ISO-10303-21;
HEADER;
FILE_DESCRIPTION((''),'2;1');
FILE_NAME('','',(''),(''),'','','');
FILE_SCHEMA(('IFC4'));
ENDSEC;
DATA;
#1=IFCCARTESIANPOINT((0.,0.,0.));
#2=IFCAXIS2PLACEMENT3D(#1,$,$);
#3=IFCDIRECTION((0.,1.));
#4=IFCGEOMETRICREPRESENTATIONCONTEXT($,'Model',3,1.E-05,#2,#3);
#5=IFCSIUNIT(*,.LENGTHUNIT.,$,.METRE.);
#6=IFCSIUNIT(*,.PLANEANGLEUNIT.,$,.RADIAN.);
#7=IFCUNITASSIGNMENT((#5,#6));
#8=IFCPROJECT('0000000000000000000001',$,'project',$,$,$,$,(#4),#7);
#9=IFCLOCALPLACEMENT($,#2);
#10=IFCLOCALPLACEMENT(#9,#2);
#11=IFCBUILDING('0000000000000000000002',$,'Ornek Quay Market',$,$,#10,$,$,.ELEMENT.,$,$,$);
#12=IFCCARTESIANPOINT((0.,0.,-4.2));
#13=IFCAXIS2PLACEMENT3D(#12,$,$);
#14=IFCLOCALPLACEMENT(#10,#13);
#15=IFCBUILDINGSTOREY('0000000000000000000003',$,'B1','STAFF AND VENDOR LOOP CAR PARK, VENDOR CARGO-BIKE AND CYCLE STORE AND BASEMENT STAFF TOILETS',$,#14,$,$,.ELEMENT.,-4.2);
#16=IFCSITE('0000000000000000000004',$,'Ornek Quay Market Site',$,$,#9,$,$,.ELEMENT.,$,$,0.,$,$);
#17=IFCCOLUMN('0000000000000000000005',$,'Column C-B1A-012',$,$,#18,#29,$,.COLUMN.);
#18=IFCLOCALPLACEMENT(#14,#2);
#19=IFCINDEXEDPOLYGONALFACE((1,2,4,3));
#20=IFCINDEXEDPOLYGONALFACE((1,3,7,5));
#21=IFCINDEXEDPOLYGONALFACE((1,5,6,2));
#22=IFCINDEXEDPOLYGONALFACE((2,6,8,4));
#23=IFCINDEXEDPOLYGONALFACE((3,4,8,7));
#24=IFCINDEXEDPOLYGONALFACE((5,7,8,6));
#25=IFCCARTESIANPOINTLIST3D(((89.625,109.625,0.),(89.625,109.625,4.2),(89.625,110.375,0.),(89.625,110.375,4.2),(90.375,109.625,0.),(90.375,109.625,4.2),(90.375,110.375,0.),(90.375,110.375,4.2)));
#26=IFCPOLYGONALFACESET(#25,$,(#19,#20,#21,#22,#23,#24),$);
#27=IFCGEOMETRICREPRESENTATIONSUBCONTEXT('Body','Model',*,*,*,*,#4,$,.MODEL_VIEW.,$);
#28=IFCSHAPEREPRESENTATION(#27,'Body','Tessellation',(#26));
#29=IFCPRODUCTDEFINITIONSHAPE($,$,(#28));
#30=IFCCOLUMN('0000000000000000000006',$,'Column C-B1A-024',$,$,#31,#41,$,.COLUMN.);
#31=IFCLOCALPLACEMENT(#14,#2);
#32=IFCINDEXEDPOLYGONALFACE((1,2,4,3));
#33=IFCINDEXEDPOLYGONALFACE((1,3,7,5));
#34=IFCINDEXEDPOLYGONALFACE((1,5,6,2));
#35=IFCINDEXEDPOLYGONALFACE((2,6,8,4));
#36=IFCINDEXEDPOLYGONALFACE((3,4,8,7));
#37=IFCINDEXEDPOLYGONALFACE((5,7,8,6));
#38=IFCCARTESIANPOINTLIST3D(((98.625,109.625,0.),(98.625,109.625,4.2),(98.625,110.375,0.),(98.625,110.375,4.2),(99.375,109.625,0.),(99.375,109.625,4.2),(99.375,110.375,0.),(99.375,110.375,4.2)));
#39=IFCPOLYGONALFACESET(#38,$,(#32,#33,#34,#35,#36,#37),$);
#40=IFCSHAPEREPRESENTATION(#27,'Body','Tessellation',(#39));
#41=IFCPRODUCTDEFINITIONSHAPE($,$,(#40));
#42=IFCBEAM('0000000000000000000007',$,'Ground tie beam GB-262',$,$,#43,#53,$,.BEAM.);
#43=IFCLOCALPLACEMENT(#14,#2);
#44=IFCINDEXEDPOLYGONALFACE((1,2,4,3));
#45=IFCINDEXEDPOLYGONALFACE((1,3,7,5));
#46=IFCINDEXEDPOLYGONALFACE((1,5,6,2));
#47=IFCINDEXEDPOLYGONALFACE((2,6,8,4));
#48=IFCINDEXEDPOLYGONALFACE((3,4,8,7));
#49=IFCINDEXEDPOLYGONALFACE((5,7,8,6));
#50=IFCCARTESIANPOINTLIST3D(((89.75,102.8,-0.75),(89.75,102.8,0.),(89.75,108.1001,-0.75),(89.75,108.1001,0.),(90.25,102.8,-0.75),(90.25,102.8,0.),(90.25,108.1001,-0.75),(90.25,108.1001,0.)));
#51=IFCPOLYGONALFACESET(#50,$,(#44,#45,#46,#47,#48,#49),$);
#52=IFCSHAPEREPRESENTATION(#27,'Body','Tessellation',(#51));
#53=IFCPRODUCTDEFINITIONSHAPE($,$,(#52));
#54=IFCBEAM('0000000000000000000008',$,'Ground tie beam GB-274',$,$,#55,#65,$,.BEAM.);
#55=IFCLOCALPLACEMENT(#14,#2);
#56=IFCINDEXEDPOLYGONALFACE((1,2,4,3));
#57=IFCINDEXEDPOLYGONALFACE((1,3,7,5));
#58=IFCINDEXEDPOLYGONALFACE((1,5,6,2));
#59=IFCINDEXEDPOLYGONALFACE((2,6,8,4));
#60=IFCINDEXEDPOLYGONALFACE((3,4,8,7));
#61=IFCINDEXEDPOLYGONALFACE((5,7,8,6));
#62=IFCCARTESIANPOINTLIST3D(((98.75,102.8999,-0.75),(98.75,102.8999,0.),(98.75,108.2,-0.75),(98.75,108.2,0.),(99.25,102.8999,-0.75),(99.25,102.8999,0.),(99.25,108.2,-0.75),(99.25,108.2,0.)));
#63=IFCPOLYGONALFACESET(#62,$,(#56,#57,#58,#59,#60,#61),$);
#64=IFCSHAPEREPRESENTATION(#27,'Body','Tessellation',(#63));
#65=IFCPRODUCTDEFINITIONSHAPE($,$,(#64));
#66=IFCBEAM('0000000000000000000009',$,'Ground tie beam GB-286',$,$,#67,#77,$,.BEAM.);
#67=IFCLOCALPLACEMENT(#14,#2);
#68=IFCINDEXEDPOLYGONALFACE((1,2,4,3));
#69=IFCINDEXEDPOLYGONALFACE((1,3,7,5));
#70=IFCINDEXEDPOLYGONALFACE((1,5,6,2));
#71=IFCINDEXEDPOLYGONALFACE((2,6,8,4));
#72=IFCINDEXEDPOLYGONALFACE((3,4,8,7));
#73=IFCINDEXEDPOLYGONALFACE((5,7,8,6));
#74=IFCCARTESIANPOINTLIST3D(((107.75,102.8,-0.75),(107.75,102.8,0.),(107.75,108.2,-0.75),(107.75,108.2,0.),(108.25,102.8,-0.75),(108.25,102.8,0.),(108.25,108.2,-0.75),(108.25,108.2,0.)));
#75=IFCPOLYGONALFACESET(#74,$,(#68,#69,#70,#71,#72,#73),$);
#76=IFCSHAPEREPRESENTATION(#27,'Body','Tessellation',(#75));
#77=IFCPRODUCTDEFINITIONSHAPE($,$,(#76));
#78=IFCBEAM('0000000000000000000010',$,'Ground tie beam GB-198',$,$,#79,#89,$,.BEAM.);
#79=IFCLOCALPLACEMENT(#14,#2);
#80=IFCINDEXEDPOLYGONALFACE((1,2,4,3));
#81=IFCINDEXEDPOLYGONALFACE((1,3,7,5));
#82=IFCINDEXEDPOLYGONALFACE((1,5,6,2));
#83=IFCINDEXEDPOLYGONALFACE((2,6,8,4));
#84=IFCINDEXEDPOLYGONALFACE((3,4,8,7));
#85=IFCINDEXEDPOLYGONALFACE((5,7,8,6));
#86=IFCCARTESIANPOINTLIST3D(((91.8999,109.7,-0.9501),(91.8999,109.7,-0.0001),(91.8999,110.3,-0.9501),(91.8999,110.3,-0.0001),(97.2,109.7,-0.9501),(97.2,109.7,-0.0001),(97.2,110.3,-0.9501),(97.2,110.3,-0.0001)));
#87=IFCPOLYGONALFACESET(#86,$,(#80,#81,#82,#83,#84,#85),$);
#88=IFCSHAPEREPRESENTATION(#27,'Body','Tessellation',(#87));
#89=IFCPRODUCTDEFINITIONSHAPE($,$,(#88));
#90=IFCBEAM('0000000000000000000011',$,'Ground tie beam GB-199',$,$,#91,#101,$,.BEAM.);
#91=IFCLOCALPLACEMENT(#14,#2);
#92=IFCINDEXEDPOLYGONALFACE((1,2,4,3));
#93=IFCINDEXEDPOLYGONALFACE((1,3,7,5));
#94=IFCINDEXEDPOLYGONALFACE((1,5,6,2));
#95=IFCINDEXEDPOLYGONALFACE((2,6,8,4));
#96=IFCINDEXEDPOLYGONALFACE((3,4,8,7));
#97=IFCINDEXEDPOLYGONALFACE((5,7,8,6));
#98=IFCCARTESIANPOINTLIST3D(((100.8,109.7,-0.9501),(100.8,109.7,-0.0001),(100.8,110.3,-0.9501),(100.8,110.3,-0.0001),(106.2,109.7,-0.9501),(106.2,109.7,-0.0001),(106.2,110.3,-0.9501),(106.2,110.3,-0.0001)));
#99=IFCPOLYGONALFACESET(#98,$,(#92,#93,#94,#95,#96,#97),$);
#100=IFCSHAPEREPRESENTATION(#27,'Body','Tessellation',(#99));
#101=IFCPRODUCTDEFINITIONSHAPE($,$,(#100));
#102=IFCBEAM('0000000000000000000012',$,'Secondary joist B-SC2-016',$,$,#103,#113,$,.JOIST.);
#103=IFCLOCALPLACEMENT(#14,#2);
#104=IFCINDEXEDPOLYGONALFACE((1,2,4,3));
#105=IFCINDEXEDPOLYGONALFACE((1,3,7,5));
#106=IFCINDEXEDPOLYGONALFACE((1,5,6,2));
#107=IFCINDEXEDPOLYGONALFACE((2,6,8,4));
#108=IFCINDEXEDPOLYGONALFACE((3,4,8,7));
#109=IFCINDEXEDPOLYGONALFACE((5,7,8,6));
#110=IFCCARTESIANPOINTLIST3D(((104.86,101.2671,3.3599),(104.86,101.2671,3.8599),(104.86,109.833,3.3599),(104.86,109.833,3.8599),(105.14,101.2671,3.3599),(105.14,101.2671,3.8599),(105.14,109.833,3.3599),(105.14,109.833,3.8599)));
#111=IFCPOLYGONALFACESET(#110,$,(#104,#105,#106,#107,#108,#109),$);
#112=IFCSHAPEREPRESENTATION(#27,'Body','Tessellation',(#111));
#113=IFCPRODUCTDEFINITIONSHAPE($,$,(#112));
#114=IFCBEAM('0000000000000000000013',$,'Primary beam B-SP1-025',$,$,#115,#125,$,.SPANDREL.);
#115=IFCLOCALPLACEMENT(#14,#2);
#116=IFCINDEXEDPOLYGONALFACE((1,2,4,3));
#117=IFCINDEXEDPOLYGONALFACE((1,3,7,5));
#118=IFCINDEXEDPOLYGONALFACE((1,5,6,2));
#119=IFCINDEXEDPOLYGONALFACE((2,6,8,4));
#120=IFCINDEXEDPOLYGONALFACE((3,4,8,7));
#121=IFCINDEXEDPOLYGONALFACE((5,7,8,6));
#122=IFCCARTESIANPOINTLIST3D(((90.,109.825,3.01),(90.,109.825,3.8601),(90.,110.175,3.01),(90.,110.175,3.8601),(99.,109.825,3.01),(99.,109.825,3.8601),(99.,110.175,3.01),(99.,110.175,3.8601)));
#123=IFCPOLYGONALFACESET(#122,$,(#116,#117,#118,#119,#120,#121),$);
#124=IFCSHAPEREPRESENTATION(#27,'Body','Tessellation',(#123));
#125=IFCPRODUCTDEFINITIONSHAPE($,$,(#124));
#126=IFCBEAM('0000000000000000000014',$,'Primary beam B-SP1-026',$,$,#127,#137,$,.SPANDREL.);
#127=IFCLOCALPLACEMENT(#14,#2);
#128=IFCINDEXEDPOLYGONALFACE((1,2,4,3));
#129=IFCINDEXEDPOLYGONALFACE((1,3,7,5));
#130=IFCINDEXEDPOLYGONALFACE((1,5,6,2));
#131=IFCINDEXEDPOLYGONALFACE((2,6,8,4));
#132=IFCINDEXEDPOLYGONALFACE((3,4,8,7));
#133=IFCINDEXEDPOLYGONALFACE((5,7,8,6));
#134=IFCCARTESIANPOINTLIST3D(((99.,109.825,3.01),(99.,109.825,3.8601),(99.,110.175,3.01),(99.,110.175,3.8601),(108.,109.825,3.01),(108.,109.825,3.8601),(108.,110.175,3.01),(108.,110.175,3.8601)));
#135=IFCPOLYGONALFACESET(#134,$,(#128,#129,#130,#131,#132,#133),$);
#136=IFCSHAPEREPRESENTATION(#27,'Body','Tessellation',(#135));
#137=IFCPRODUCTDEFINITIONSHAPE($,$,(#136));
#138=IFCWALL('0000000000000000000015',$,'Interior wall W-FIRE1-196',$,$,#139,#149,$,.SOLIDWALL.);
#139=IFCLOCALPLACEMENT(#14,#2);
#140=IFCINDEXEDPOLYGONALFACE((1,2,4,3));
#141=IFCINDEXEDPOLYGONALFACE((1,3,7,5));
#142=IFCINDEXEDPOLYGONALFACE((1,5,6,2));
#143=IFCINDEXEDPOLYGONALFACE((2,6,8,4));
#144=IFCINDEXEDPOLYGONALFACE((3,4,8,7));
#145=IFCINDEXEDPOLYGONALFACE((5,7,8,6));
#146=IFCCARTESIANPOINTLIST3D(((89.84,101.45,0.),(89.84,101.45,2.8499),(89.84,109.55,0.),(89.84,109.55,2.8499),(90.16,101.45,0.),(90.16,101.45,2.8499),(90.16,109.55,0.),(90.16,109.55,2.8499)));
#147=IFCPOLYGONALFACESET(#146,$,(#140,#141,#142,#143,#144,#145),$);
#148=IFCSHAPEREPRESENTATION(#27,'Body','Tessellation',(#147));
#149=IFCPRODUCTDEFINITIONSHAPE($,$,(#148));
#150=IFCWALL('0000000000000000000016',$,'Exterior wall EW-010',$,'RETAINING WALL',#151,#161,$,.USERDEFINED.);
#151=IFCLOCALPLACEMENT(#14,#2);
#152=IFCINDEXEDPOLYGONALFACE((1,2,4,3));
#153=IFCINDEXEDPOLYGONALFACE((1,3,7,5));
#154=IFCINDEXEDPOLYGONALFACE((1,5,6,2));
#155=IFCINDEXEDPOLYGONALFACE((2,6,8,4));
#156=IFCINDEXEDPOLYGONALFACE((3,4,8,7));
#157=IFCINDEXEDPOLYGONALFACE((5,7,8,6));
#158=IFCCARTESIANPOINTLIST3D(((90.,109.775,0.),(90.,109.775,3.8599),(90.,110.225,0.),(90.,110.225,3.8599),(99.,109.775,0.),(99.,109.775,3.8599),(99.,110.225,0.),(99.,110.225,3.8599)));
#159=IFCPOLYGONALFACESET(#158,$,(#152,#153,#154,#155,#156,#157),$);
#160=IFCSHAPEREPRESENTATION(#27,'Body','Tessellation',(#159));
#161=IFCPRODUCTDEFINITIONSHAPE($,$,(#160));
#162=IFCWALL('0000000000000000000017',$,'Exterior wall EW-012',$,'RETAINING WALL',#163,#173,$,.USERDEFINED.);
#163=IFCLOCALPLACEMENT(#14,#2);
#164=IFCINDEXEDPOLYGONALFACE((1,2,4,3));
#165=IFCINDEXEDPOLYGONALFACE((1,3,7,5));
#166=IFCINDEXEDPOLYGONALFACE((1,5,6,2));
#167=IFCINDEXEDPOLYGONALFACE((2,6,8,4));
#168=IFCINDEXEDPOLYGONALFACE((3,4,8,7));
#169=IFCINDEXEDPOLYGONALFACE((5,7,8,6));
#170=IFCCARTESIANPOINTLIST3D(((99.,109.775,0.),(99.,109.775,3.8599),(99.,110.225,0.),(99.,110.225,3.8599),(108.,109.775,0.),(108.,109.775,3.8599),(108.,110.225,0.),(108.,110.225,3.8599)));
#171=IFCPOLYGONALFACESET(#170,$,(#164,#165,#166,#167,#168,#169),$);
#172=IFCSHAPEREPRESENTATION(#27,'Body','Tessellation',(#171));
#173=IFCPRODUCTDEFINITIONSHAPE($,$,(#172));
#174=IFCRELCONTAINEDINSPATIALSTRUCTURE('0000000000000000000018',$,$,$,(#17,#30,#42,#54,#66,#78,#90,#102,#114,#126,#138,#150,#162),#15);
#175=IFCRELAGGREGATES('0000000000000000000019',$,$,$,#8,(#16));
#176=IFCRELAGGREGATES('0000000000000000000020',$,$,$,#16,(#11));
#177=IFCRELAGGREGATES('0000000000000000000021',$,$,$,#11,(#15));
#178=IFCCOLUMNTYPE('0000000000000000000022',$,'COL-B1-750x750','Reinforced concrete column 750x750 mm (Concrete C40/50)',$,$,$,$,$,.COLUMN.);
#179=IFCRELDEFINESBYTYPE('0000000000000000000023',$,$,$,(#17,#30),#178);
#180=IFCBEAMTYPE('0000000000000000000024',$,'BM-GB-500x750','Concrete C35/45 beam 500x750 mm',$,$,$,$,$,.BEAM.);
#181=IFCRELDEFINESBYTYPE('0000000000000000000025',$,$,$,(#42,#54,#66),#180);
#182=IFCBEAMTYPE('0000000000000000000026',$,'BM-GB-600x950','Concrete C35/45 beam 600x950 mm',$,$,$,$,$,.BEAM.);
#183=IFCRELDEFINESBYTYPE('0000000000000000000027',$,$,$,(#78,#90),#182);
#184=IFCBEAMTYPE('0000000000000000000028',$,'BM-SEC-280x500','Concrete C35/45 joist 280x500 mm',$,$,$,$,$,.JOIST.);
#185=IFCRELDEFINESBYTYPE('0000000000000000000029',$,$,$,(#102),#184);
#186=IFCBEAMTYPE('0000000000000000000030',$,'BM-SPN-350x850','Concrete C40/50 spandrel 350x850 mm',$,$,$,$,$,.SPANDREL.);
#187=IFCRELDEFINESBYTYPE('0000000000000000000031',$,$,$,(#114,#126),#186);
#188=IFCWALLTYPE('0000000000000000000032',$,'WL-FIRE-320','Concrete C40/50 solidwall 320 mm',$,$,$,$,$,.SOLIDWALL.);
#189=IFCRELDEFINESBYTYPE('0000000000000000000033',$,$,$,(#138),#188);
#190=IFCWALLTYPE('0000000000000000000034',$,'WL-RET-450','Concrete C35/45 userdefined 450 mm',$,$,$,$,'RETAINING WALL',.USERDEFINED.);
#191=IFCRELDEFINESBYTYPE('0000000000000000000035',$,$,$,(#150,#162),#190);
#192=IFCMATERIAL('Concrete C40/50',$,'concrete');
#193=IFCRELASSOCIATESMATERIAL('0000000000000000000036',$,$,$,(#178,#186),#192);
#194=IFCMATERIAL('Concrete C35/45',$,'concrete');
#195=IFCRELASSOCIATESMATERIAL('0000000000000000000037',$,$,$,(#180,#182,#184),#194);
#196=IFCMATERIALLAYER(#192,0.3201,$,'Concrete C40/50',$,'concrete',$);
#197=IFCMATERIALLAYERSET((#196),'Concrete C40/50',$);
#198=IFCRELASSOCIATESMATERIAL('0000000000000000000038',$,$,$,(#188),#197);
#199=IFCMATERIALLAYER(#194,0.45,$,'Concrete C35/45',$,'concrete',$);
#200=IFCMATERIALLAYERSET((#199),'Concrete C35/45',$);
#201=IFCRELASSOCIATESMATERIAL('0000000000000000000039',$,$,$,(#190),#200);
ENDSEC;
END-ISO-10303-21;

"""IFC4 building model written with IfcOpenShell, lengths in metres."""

from ifc_helpers import new_model, si_unit, direction, frame, frame_2d, origin, origin_2d, place, context, subcontext, project, spatial, rectangle, extrude, material, layer, layer_set, material_profile, profile_set, type_object, element, save


model = new_model("IFC4")

# Units and contexts
model_context = context("Model", 3, precision=1e-05, world=origin(), true_north=direction((0.0, 1.0)))
body_context = subcontext(model_context, "Body", "Model", "MODEL_VIEW")
ifc_project = project(units=[si_unit("LENGTHUNIT", "METRE"), si_unit("PLANEANGLEUNIT", "RADIAN")], contexts=[model_context])

# Site, building, storey
site_placement = place(None, origin())
site = spatial("IfcSite", under=ifc_project, at=site_placement, Name="Ornek Quay Market Site", CompositionType="ELEMENT", RefElevation=0.0)
building_placement = place(site_placement, origin())
building = spatial("IfcBuilding", under=site, at=building_placement, Name="Ornek Quay Market", CompositionType="ELEMENT")
storey_placement = place(building_placement, frame((0.0, 0.0, -4.2)))
storey = spatial("IfcBuildingStorey", under=building, at=storey_placement, Name="B1", Description="STAFF AND VENDOR LOOP CAR PARK, VENDOR CARGO-BIKE AND CYCLE STORE AND BASEMENT STAFF TOILETS", CompositionType="ELEMENT", Elevation=-4.2)

# Shared definitions
ifc_material_1 = material(Name="Concrete C35/45", Category="concrete")

# Columns
ifc_material_2 = material(Name="Concrete C40/50", Category="concrete")
ifc_material_profile_1 = material_profile(ifc_material_2, rectangle(XDim=0.75, YDim=0.75, at=origin_2d()), Name="RC 750x750", Category="concrete")
ifc_profile_set_1 = profile_set([ifc_material_profile_1], Name="Concrete C40/50")
column_type = type_object("IfcColumnType", Name="COL-B1-750x750", Description="Reinforced concrete column 750x750 mm (Concrete C40/50)", PredefinedType="COLUMN", material=ifc_profile_set_1)
for number, where, z_axis, x_axis, name in (
    (1, (90.0, 110.0, 0.0), (0.0, 0.0, 1.0), (1.0, 0.0, 0.0), "Column C-B1A-012"),
    (2, (99.0, 110.0, 0.0), (0.0, 0.0, 1.0), (1.0, 0.0, 0.0), "Column C-B1A-024"),
):
    element("IfcColumn", number, at=place(storey_placement, frame(where, z_axis=z_axis, x_axis=x_axis)), inside=storey, type_object=column_type, Name=name, PredefinedType="COLUMN", context=body_context, shape_type="SweptSolid", body=[
        extrude(rectangle(XDim=0.75, YDim=0.75, at=origin_2d()), origin(), (0.0, 0.0, 1.0), 4.2),
    ])

# Beams
ifc_material_profile_2 = material_profile(ifc_material_1, rectangle(XDim=0.5, YDim=0.75, at=origin_2d()), Name="RC 500x750", Category="concrete")
ifc_profile_set_2 = profile_set([ifc_material_profile_2], Name="Concrete C35/45")
beam_type_1 = type_object("IfcBeamType", Name="BM-GB-500x750", Description="Concrete C35/45 beam 500x750 mm", PredefinedType="BEAM", material=ifc_profile_set_2)
for number, where, z_axis, x_axis, name in (
    (3, (90.0, 102.8, -0.375), (0.0, 1.0, 0.0), (-1.0, 0.0, 0.0), "Ground tie beam GB-262"),
    (4, (99.0, 102.8999, -0.375), (0.0, 1.0, 0.0), (-1.0, 0.0, 0.0), "Ground tie beam GB-274"),
):
    element("IfcBeam", number, at=place(storey_placement, frame(where, z_axis=z_axis, x_axis=x_axis)), inside=storey, type_object=beam_type_1, Name=name, PredefinedType="BEAM", context=body_context, shape_type="SweptSolid", body=[
        extrude(rectangle(XDim=0.5, YDim=0.75, at=origin_2d()), origin(), (0.0, 0.0, 1.0), 5.3),
    ])
beam_1_placement = place(storey_placement, frame((108.0, 102.8, -0.375), z_axis=(0.0, 1.0, 0.0), x_axis=(-1.0, 0.0, 0.0)))
element("IfcBeam", 5, at=beam_1_placement, inside=storey, type_object=beam_type_1, Name="Ground tie beam GB-286", PredefinedType="BEAM", context=body_context, shape_type="SweptSolid", body=[
    extrude(rectangle(XDim=0.5, YDim=0.75, at=origin_2d()), origin(), (0.0, 0.0, 1.0), 5.3999),
])
ifc_material_profile_3 = material_profile(ifc_material_1, rectangle(XDim=0.6001, YDim=0.95, at=origin_2d()), Name="RC 600x950", Category="concrete")
ifc_profile_set_3 = profile_set([ifc_material_profile_3], Name="Concrete C35/45")
beam_type_2 = type_object("IfcBeamType", Name="BM-GB-600x950", Description="Concrete C35/45 beam 600x950 mm", PredefinedType="BEAM", material=ifc_profile_set_3)
beam_2_placement = place(storey_placement, frame((91.8999, 110.0, -0.4751), z_axis=(1.0, 0.0, 0.0), x_axis=(0.0, 1.0, 0.0)))
element("IfcBeam", 6, at=beam_2_placement, inside=storey, type_object=beam_type_2, Name="Ground tie beam GB-198", PredefinedType="BEAM", context=body_context, shape_type="SweptSolid", body=[
    extrude(rectangle(XDim=0.6001, YDim=0.95, at=origin_2d()), origin(), (0.0, 0.0, 1.0), 5.3),
])
beam_3_placement = place(storey_placement, frame((100.8, 110.0, -0.4751), z_axis=(1.0, 0.0, 0.0), x_axis=(0.0, 1.0, 0.0)))
element("IfcBeam", 7, at=beam_3_placement, inside=storey, type_object=beam_type_2, Name="Ground tie beam GB-199", PredefinedType="BEAM", context=body_context, shape_type="SweptSolid", body=[
    extrude(rectangle(XDim=0.6001, YDim=0.95, at=origin_2d()), origin(), (0.0, 0.0, 1.0), 5.3999),
])
ifc_material_profile_4 = material_profile(ifc_material_1, rectangle(XDim=0.28, YDim=0.5, at=origin_2d()), Name="RC 280x500", Category="concrete")
ifc_profile_set_4 = profile_set([ifc_material_profile_4], Name="Concrete C35/45")
beam_type_3 = type_object("IfcBeamType", Name="BM-SEC-280x500", Description="Concrete C35/45 joist 280x500 mm", PredefinedType="JOIST", material=ifc_profile_set_4)
beam_4_placement = place(storey_placement, frame((105.0, 101.2671, 3.6099), z_axis=(0.0, 1.0, 0.0), x_axis=(-1.0, 0.0, 0.0)))
element("IfcBeam", 8, at=beam_4_placement, inside=storey, type_object=beam_type_3, Name="Secondary joist B-SC2-016", PredefinedType="JOIST", context=body_context, shape_type="SweptSolid", body=[
    extrude(rectangle(XDim=0.28, YDim=0.5, at=origin_2d()), origin(), (0.0, 0.0, 1.0), 8.5659),
])
ifc_material_profile_5 = material_profile(ifc_material_2, rectangle(XDim=0.3501, YDim=0.8501, at=origin_2d()), Name="RC 350x850", Category="concrete")
ifc_profile_set_5 = profile_set([ifc_material_profile_5], Name="Concrete C40/50")
beam_type_4 = type_object("IfcBeamType", Name="BM-SPN-350x850", Description="Concrete C40/50 spandrel 350x850 mm", PredefinedType="SPANDREL", material=ifc_profile_set_5)
for number, where, z_axis, x_axis, name in (
    (9, (90.0, 110.0, 3.4351), (1.0, 0.0, 0.0), (0.0, 1.0, 0.0), "Primary beam B-SP1-025"),
    (10, (99.0, 110.0, 3.4351), (1.0, 0.0, 0.0), (0.0, 1.0, 0.0), "Primary beam B-SP1-026"),
):
    element("IfcBeam", number, at=place(storey_placement, frame(where, z_axis=z_axis, x_axis=x_axis)), inside=storey, type_object=beam_type_4, Name=name, PredefinedType="SPANDREL", context=body_context, shape_type="SweptSolid", body=[
        extrude(rectangle(XDim=0.3501, YDim=0.8501, at=origin_2d()), origin(), (0.0, 0.0, 1.0), 9.0),
    ])

# Walls
ifc_layer_1 = layer(ifc_material_2, 0.3201, Name="Concrete C40/50", Category="concrete")
ifc_layer_set_1 = layer_set([ifc_layer_1], Name="Concrete C40/50")
wall_type_1 = type_object("IfcWallType", Name="WL-FIRE-320", Description="Concrete C40/50 solidwall 320 mm", PredefinedType="SOLIDWALL", material=ifc_layer_set_1)
wall_placement = place(storey_placement, frame((90.0, 101.45, 0.0), z_axis=(0.0, 0.0, 1.0), x_axis=(0.0, 1.0, 0.0)))
element("IfcWall", 11, at=wall_placement, inside=storey, type_object=wall_type_1, Name="Interior wall W-FIRE1-196", PredefinedType="SOLIDWALL", context=body_context, shape_type="SweptSolid", body=[
    extrude(rectangle(XDim=8.1001, YDim=0.3201, at=frame_2d((4.05, 0.0))), origin(), (0.0, 0.0, 1.0), 2.8499),
])
ifc_layer_2 = layer(ifc_material_1, 0.45, Name="Concrete C35/45", Category="concrete")
ifc_layer_set_2 = layer_set([ifc_layer_2], Name="Concrete C35/45")
wall_type_2 = type_object("IfcWallType", Name="WL-RET-450", Description="Concrete C35/45 userdefined 450 mm", ElementType="RETAINING WALL", PredefinedType="USERDEFINED", material=ifc_layer_set_2)
for number, where, z_axis, x_axis, name in (
    (12, (90.0, 110.0, 0.0), (0.0, 0.0, 1.0), (1.0, 0.0, 0.0), "Exterior wall EW-010"),
    (13, (99.0, 110.0, 0.0), (0.0, 0.0, 1.0), (1.0, 0.0, 0.0), "Exterior wall EW-012"),
):
    element("IfcWall", number, at=place(storey_placement, frame(where, z_axis=z_axis, x_axis=x_axis)), inside=storey, type_object=wall_type_2, Name=name, ObjectType="RETAINING WALL", PredefinedType="USERDEFINED", context=body_context, shape_type="SweptSolid", body=[
        extrude(rectangle(XDim=9.0, YDim=0.45, at=frame_2d((4.5, 0.0))), origin(), (0.0, 0.0, 1.0), 3.8599),
    ])

save(model, "model.ifc")
